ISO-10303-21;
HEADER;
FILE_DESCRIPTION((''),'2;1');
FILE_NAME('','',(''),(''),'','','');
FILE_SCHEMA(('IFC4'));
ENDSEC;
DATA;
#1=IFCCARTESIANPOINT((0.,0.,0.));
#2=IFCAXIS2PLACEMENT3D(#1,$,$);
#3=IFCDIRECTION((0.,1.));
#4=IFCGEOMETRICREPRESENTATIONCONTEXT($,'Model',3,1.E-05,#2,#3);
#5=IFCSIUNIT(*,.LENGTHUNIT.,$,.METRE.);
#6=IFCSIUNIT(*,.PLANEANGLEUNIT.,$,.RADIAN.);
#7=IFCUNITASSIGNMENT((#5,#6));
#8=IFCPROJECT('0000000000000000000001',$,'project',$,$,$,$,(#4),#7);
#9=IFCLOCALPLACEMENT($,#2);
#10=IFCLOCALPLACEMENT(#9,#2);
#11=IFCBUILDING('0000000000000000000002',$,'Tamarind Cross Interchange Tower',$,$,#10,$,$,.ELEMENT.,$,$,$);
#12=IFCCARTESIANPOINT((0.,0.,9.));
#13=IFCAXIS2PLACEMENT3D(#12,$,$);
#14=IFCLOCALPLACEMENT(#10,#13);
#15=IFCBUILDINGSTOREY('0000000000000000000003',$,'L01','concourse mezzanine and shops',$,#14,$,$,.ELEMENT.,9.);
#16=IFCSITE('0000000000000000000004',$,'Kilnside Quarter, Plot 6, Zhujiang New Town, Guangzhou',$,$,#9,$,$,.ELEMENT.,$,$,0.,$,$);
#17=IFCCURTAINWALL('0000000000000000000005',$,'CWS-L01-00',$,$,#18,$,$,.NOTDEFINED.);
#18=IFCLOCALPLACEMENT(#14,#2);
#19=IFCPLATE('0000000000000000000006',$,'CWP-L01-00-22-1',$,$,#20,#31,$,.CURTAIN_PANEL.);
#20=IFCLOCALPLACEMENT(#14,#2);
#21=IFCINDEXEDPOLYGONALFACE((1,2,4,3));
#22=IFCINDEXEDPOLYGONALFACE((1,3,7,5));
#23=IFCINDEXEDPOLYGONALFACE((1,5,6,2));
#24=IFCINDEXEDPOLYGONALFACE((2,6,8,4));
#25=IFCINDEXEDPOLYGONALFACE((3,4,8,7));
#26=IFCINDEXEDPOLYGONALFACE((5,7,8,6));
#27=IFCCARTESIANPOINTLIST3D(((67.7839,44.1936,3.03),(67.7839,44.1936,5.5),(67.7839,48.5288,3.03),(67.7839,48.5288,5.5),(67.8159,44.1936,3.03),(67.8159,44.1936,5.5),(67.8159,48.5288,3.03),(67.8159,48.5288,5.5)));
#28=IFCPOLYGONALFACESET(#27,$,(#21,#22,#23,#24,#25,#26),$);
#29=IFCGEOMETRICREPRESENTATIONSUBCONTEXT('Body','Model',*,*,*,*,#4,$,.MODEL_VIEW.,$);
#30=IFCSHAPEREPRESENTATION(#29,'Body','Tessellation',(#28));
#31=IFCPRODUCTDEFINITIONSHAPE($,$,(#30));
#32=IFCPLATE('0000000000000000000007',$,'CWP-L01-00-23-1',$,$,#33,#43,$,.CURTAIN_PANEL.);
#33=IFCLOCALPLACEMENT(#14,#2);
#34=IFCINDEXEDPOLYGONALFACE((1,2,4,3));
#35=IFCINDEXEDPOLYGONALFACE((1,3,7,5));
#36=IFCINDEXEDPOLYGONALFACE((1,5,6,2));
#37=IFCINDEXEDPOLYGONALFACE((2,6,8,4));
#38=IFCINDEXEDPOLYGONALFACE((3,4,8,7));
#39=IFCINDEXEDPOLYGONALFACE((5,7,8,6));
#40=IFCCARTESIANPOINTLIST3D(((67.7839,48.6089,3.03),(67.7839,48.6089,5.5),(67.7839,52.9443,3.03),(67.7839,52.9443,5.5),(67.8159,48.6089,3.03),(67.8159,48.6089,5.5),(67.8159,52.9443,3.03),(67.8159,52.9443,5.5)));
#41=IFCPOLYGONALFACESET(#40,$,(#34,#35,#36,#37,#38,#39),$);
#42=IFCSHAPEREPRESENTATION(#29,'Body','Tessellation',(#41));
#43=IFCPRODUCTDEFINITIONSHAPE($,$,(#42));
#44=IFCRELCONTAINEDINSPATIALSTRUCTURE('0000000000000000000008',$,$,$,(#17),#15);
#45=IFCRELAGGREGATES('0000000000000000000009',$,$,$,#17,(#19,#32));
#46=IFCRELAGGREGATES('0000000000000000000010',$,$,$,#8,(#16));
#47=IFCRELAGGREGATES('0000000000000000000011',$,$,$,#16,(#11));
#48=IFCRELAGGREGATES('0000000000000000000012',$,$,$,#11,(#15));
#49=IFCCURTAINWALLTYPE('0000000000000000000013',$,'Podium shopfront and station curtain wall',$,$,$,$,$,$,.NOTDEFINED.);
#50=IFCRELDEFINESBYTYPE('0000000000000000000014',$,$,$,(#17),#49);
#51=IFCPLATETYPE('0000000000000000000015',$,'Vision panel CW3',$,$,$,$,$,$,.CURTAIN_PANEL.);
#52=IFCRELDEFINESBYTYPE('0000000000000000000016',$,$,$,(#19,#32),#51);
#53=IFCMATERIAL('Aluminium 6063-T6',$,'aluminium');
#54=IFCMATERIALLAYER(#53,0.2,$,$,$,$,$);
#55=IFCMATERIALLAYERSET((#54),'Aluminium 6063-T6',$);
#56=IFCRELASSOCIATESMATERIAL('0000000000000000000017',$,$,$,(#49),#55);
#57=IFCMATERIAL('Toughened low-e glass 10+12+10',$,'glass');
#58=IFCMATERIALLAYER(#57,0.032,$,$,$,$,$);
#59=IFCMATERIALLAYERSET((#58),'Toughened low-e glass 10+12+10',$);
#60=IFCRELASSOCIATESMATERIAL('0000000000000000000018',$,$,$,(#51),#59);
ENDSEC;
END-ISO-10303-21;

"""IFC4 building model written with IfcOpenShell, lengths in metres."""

from ifc_helpers import new_model, si_unit, direction, frame, origin, place, context, subcontext, project, spatial, polyline, outline, extrude, material, layer, layer_set, type_object, element, aggregate, save


model = new_model("IFC4")

# Units and contexts
model_context = context("Model", 3, precision=1e-05, world=origin(), true_north=direction((0.0, 1.0)))
body_context = subcontext(model_context, "Body", "Model", "MODEL_VIEW")
ifc_project = project(units=[si_unit("LENGTHUNIT", "METRE"), si_unit("PLANEANGLEUNIT", "RADIAN")], contexts=[model_context])

# Site, building, storey
site_placement = place(None, origin())
site = spatial("IfcSite", under=ifc_project, at=site_placement, Name="Kilnside Quarter, Plot 6, Zhujiang New Town, Guangzhou", CompositionType="ELEMENT", RefElevation=0.0)
building_placement = place(site_placement, origin())
building = spatial("IfcBuilding", under=site, at=building_placement, Name="Tamarind Cross Interchange Tower", CompositionType="ELEMENT")
storey_placement = place(building_placement, frame((0.0, 0.0, 9.0)))
storey = spatial("IfcBuildingStorey", under=building, at=storey_placement, Name="L01", Description="concourse mezzanine and shops", CompositionType="ELEMENT", Elevation=9.0)

# Curtain wall, plates
ifc_material_1 = material(Name="Aluminium 6063-T6", Category="aluminium")
ifc_layer_1 = layer(ifc_material_1, 0.2)
ifc_layer_set_1 = layer_set([ifc_layer_1], Name="Aluminium 6063-T6")
curtain_wall_type = type_object("IfcCurtainWallType", Name="Podium shopfront and station curtain wall", PredefinedType="NOTDEFINED", material=ifc_layer_set_1)
curtain_wall_placement = place(storey_placement, origin())
curtain_wall = element("IfcCurtainWall", 1, at=curtain_wall_placement, inside=storey, type_object=curtain_wall_type, Name="CWS-L01-00", PredefinedType="NOTDEFINED")
ifc_material_2 = material(Name="Toughened low-e glass 10+12+10", Category="glass")
ifc_layer_2 = layer(ifc_material_2, 0.032)
ifc_layer_set_2 = layer_set([ifc_layer_2], Name="Toughened low-e glass 10+12+10")
plate_type = type_object("IfcPlateType", Name="Vision panel CW3", PredefinedType="CURTAIN_PANEL", material=ifc_layer_set_2)
plate_1_placement = place(storey_placement, frame((0.0, 0.0, 3.03)))
plate_1 = element("IfcPlate", 2, at=plate_1_placement, type_object=plate_type, Name="CWP-L01-00-22-1", PredefinedType="CURTAIN_PANEL", context=body_context, shape_type="SweptSolid", body=[
    extrude(outline(polyline([(67.7839, 44.1936), (67.7839, 48.5288), (67.8159, 48.5288), (67.8159, 44.1936), (67.7839, 44.1936)])), origin(), (0.0, 0.0, 1.0), 2.47),
])
plate_2_placement = place(storey_placement, frame((0.0, 0.0, 3.03)))
plate_2 = element("IfcPlate", 3, at=plate_2_placement, type_object=plate_type, Name="CWP-L01-00-23-1", PredefinedType="CURTAIN_PANEL", context=body_context, shape_type="SweptSolid", body=[
    extrude(outline(polyline([(67.7839, 48.6089), (67.7839, 52.9443), (67.8159, 52.9443), (67.8159, 48.6089), (67.7839, 48.6089)])), origin(), (0.0, 0.0, 1.0), 2.47),
])
aggregate(curtain_wall, [plate_1, plate_2])

save(model, "model.ifc")
